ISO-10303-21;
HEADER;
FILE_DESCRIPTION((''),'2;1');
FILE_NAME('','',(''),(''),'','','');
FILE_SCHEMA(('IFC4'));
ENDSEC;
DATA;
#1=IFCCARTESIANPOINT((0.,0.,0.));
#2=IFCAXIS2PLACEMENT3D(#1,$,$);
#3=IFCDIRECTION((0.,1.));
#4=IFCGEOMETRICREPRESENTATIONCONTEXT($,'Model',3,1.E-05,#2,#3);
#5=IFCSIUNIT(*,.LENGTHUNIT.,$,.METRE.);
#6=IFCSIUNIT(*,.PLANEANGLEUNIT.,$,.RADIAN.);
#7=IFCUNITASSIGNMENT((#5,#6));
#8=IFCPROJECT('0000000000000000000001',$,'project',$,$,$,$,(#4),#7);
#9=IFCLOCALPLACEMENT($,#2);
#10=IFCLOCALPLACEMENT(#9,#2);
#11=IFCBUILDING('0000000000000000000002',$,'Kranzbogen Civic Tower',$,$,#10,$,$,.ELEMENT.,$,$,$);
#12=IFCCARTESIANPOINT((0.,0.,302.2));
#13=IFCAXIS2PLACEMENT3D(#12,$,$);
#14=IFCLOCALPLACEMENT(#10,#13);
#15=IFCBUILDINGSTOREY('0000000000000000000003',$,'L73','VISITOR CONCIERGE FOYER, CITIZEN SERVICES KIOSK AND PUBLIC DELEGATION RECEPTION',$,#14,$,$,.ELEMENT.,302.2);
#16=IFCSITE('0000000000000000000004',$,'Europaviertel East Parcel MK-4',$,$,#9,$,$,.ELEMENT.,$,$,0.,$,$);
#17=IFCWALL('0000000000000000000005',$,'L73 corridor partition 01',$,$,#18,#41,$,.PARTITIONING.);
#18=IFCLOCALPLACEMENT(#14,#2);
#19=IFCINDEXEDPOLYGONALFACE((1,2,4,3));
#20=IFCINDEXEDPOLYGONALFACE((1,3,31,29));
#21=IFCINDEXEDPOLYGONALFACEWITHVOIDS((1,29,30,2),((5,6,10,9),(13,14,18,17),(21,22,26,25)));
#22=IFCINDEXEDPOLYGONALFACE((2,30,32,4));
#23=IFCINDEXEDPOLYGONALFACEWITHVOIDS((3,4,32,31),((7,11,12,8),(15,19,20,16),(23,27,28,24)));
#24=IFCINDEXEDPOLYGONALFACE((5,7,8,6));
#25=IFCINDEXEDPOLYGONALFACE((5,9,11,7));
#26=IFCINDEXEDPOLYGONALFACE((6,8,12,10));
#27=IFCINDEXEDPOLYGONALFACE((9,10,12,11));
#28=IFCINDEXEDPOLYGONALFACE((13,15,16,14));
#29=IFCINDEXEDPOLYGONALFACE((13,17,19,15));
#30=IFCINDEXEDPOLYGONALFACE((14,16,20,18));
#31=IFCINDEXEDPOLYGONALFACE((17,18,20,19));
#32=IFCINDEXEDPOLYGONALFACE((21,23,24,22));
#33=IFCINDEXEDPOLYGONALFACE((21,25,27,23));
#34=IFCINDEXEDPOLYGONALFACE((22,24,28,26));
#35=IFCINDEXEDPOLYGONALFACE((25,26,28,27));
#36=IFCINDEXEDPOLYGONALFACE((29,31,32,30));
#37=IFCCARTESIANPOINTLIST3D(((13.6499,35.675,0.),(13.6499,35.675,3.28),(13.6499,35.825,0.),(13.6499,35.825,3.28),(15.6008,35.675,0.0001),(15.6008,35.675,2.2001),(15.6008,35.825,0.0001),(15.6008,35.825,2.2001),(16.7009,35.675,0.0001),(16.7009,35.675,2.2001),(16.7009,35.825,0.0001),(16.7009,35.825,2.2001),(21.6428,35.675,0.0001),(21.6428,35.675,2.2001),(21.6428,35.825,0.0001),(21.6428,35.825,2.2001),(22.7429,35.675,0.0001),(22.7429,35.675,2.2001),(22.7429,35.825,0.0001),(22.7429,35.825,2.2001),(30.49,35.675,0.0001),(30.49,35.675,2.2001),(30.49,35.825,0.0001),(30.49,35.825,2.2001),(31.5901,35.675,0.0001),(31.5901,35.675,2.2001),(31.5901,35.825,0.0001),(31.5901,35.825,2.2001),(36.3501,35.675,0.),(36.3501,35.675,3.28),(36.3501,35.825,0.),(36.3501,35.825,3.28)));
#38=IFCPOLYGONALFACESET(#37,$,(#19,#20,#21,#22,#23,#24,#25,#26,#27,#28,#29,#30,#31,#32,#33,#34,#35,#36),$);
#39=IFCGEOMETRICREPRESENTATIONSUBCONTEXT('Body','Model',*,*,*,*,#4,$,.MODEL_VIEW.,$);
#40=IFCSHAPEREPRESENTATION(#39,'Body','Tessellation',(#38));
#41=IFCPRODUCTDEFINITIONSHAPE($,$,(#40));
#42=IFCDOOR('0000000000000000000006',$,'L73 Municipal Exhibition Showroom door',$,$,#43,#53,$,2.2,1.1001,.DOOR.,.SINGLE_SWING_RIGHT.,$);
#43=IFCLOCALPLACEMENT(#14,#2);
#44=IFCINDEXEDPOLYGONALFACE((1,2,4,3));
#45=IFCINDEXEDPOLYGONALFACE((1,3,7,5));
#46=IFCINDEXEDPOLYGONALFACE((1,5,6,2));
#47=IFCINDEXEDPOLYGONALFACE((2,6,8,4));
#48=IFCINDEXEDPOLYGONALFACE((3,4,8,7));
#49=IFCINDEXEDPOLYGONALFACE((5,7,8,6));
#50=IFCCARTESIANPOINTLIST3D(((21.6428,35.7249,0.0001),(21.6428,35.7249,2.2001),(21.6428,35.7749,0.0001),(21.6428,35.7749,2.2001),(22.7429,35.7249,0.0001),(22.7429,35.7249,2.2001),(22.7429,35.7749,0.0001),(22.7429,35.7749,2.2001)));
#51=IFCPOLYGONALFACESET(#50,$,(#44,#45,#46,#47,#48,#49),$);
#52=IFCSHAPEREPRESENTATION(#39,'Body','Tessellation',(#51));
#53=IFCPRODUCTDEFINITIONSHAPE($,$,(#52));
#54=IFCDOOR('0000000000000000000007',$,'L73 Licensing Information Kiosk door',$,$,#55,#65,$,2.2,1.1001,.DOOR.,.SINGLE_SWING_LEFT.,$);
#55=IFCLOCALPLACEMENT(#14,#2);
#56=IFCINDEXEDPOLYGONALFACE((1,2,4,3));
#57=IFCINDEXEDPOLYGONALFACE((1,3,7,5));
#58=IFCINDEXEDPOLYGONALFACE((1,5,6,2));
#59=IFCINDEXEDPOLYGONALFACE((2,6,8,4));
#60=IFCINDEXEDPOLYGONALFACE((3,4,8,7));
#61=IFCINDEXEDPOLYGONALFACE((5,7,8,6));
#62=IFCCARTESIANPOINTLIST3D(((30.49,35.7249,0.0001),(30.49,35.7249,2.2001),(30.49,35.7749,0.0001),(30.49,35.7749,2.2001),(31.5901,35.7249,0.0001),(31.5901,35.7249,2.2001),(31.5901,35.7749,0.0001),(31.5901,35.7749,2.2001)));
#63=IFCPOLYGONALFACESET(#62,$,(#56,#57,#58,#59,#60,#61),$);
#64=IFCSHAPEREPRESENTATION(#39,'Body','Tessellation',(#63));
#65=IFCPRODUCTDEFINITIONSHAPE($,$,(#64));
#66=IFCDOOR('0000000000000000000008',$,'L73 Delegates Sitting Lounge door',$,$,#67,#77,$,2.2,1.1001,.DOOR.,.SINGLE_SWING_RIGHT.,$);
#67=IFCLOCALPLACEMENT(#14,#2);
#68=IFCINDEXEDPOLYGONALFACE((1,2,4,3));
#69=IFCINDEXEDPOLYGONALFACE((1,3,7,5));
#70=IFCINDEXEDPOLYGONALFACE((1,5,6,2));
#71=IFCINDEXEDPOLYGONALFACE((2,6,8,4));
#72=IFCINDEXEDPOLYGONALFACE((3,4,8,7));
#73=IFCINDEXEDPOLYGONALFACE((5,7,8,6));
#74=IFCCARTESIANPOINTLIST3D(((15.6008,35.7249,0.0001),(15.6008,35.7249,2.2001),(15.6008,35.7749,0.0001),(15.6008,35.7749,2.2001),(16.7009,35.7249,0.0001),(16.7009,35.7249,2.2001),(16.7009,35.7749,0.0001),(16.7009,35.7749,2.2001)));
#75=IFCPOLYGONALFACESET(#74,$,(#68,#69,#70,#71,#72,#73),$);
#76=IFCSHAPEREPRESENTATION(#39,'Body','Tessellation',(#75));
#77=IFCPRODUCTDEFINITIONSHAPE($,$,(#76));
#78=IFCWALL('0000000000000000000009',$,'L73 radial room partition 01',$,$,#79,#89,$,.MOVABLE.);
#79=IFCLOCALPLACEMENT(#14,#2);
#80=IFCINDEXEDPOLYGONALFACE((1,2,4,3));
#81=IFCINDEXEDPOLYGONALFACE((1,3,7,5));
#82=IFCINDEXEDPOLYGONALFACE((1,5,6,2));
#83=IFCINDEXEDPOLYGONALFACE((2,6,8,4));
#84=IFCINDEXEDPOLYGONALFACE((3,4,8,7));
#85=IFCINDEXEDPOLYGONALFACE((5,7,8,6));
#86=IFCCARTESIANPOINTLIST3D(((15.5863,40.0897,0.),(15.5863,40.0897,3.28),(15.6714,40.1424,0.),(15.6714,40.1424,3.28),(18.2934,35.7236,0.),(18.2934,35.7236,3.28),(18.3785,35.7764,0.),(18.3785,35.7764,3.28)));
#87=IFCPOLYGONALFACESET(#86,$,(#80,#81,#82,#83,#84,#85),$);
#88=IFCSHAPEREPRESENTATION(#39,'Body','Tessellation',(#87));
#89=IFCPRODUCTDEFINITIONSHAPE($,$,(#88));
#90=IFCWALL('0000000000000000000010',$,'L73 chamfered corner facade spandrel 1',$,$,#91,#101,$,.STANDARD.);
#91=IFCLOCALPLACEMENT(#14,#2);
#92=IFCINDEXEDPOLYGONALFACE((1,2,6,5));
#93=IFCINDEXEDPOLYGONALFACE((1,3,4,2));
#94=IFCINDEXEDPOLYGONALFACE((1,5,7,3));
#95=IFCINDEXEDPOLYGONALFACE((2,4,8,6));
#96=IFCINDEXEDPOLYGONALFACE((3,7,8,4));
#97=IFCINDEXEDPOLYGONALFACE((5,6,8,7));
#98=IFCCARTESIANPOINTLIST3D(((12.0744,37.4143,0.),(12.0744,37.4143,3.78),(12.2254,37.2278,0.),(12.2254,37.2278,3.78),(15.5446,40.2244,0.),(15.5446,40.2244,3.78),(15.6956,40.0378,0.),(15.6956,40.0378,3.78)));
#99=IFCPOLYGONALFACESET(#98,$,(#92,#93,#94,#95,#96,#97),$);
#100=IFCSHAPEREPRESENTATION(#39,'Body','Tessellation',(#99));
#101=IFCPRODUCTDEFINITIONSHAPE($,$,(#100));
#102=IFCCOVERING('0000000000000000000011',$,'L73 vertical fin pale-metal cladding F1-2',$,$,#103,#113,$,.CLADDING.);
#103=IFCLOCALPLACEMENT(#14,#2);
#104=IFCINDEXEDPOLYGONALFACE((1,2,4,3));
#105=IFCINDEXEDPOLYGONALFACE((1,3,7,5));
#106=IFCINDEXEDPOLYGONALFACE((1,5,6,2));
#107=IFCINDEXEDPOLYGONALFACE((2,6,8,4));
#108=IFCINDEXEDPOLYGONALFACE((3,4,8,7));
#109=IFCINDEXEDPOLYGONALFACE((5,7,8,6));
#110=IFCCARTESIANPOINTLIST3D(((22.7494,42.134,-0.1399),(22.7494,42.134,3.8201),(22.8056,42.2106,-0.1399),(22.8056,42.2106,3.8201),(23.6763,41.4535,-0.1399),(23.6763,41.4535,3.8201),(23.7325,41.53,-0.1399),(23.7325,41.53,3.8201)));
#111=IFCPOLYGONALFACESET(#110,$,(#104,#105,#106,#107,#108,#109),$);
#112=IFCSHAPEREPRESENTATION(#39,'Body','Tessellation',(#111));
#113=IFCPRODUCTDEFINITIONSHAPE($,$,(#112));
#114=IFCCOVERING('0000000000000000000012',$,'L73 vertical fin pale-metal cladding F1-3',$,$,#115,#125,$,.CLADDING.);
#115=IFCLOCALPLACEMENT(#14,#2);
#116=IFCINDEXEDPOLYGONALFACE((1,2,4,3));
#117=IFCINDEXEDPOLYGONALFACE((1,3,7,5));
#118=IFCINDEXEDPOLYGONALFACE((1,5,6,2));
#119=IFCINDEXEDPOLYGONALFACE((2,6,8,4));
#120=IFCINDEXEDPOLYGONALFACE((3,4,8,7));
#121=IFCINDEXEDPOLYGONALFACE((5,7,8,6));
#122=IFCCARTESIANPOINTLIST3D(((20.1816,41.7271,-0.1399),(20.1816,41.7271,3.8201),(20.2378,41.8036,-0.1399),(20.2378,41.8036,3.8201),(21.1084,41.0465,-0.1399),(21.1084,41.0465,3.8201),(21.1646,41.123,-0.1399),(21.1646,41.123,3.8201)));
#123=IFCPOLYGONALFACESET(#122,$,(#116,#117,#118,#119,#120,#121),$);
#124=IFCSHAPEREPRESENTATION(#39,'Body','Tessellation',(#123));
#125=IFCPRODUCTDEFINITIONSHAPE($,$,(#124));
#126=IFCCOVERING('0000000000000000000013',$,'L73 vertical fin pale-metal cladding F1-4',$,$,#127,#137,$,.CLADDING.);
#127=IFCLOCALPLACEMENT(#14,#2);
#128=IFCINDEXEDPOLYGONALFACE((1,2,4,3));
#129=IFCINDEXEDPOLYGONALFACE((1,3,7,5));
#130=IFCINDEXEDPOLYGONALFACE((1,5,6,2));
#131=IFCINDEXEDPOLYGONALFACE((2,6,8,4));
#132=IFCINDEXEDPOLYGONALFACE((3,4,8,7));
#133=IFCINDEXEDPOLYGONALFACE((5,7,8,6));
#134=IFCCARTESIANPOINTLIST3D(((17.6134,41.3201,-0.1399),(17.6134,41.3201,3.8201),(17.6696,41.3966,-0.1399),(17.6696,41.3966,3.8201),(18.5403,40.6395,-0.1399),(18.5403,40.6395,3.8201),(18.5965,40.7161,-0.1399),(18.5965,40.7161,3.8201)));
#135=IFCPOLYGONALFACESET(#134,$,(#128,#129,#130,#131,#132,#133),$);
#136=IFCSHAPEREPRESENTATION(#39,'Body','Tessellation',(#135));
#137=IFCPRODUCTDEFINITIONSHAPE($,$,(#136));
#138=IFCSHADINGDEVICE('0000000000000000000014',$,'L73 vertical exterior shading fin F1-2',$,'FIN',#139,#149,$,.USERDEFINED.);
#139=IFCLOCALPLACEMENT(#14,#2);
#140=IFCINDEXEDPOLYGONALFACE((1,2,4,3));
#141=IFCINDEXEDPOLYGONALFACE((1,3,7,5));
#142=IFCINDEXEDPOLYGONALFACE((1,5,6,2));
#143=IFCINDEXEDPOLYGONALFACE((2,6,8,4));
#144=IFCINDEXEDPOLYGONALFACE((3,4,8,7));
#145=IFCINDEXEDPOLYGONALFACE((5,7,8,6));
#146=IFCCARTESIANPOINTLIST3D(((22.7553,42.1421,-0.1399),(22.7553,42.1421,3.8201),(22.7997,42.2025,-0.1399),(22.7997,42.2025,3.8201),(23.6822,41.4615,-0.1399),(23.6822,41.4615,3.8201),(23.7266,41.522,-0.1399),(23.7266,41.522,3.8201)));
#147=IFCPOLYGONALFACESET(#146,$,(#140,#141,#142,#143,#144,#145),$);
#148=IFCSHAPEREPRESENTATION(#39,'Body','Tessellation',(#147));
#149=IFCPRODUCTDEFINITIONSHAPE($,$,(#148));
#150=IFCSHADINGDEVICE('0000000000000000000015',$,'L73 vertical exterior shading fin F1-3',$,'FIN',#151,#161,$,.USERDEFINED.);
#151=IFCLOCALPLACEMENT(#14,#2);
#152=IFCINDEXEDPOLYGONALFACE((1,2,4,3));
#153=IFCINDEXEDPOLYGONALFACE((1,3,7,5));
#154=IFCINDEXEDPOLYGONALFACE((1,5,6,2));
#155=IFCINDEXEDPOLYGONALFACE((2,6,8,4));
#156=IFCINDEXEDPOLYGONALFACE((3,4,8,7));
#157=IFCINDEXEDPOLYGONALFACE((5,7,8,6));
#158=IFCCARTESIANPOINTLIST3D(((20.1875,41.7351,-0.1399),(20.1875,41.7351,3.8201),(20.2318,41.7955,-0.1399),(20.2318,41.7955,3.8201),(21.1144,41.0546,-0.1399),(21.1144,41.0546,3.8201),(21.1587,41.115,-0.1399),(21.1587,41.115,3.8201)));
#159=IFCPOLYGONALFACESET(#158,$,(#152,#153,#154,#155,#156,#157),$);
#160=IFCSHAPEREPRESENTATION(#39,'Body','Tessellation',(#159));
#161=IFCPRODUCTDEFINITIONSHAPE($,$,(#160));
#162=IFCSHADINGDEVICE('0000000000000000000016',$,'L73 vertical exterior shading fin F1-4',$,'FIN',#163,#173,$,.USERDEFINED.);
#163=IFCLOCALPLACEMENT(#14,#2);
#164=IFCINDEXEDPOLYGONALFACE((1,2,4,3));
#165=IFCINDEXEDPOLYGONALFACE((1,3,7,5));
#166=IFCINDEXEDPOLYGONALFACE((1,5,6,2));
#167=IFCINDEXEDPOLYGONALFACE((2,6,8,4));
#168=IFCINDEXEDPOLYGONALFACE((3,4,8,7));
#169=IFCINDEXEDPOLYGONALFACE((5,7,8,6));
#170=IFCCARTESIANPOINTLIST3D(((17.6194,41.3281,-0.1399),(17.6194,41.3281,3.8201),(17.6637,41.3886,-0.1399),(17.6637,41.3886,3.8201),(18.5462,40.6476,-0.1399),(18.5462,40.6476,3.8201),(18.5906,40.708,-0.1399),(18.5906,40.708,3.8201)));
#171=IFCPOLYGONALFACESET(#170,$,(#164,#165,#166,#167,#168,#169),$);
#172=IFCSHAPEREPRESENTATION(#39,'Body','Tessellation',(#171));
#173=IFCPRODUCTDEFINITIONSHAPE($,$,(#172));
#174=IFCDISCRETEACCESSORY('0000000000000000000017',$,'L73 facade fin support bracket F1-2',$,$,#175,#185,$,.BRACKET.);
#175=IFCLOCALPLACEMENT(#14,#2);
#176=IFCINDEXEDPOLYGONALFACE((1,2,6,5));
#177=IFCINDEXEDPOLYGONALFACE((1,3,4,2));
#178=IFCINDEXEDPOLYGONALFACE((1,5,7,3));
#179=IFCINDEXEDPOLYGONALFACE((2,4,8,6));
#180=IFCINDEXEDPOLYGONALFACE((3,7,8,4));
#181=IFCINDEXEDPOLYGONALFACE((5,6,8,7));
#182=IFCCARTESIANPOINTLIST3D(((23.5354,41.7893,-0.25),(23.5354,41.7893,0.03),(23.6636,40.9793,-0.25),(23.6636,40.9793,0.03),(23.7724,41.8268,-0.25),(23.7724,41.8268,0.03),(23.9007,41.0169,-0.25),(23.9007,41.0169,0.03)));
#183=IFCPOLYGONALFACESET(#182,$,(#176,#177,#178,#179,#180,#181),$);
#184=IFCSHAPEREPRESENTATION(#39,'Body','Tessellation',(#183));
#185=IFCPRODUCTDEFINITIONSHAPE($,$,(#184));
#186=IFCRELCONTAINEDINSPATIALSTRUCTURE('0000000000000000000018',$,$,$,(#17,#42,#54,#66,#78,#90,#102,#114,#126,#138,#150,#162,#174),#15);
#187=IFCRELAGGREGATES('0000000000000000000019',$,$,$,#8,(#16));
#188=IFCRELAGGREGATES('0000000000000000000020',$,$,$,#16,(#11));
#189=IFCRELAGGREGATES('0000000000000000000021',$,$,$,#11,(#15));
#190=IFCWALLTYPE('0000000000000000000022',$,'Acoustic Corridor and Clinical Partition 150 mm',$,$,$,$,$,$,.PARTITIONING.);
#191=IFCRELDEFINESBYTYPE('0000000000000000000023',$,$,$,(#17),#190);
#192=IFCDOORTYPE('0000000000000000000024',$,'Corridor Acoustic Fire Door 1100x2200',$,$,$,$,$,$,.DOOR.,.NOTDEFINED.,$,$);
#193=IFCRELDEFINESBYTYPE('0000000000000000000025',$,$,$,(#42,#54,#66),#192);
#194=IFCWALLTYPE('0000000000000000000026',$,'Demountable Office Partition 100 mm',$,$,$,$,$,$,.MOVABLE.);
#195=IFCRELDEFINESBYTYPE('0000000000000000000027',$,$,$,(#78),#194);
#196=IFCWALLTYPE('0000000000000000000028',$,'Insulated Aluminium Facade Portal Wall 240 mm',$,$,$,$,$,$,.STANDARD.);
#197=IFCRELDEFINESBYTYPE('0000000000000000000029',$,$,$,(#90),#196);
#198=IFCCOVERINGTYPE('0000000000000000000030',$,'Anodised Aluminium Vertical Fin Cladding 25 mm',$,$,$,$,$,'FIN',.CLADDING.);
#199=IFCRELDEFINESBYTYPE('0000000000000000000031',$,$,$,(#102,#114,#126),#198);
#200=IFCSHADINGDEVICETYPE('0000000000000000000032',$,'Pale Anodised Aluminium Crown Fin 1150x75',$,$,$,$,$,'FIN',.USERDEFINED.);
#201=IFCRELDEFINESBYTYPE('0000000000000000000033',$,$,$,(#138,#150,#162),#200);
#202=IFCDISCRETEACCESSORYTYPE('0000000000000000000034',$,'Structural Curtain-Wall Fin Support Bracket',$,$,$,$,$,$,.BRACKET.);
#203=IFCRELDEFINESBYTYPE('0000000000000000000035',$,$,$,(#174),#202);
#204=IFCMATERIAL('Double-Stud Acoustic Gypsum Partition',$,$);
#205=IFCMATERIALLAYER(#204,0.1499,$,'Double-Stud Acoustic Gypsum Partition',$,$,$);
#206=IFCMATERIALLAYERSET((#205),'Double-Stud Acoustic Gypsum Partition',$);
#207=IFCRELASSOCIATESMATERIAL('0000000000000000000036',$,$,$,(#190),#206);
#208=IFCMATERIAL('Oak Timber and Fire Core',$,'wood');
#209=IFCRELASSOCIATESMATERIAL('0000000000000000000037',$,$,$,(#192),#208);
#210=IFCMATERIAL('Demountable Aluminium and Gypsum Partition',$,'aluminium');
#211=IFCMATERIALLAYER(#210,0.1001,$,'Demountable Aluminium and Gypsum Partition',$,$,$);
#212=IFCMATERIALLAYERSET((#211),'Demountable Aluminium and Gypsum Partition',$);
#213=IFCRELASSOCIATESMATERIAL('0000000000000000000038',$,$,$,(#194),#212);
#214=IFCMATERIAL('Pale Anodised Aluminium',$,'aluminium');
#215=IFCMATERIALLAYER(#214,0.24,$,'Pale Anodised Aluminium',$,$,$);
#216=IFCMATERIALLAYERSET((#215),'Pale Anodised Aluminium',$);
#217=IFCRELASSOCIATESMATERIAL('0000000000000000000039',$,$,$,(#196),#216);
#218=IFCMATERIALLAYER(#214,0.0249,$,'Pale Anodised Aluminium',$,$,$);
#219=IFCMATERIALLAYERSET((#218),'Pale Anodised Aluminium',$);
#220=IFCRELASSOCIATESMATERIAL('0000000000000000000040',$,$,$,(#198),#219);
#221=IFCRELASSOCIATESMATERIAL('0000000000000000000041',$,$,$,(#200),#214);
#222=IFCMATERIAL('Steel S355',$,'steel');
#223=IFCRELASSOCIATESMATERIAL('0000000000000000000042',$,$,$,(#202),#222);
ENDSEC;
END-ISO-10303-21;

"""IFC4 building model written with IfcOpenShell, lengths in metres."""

from ifc_helpers import new_model, si_unit, direction, frame, frame_2d, origin, origin_2d, place, context, subcontext, project, spatial, rectangle, extrude, material, layer, layer_set, type_object, element, fill, save


model = new_model("IFC4")

# Units and contexts
model_context = context("Model", 3, precision=1e-05, world=origin(), true_north=direction((0.0, 1.0)))
body_context = subcontext(model_context, "Body", "Model", "MODEL_VIEW")
ifc_project = project(units=[si_unit("LENGTHUNIT", "METRE"), si_unit("PLANEANGLEUNIT", "RADIAN")], contexts=[model_context])

# Site, building, storey
site_placement = place(None, origin())
site = spatial("IfcSite", under=ifc_project, at=site_placement, Name="Europaviertel East Parcel MK-4", CompositionType="ELEMENT", RefElevation=0.0)
building_placement = place(site_placement, origin())
building = spatial("IfcBuilding", under=site, at=building_placement, Name="Kranzbogen Civic Tower", CompositionType="ELEMENT")
storey_placement = place(building_placement, frame((0.0, 0.0, 302.2)))
storey = spatial("IfcBuildingStorey", under=building, at=storey_placement, Name="L73", Description="VISITOR CONCIERGE FOYER, CITIZEN SERVICES KIOSK AND PUBLIC DELEGATION RECEPTION", CompositionType="ELEMENT", Elevation=302.2)

# Shared definitions
ifc_material_1 = material(Name="Steel S355", Category="steel")

# Shared definitions
ifc_material_2 = material(Name="Pale Anodised Aluminium", Category="aluminium")

# Wall, openings, doors
ifc_material_3 = material(Name="Double-Stud Acoustic Gypsum Partition")
ifc_layer_1 = layer(ifc_material_3, 0.1499, Name="Double-Stud Acoustic Gypsum Partition")
ifc_layer_set_1 = layer_set([ifc_layer_1], Name="Double-Stud Acoustic Gypsum Partition")
wall_type_1 = type_object("IfcWallType", Name="Acoustic Corridor and Clinical Partition 150 mm", PredefinedType="PARTITIONING", material=ifc_layer_set_1)
wall_1_placement = place(storey_placement, frame((13.6499, 35.75, 0.0), z_axis=(0.0, 0.0, 1.0), x_axis=(1.0, 0.0, 0.0)))
wall_1 = element("IfcWall", 1, at=wall_1_placement, inside=storey, type_object=wall_type_1, Name="L73 corridor partition 01", PredefinedType="PARTITIONING", context=body_context, shape_type="SweptSolid", body=[
    extrude(rectangle(XDim=22.7002, YDim=0.1499, at=frame_2d((11.3501, 0.0))), origin(), (0.0, 0.0, 1.0), 3.28),
])
opening_1_placement = place(wall_1_placement, frame((7.9929, 0.0, 0.0)))
opening_1 = element("IfcOpeningElement", 2, at=opening_1_placement, cuts=wall_1, PredefinedType="OPENING", context=body_context, shape_type="SweptSolid", body=[
    extrude(rectangle(XDim=1.1001, YDim=2.2, at=frame_2d((0.55, 1.1001))), frame((0.0, 0.085, 0.0), z_axis=(0.0, -1.0, 0.0), x_axis=(1.0, 0.0, 0.0)), (0.0, 0.0, 1.0), 0.1699),
])
opening_2_placement = place(wall_1_placement, frame((16.8401, 0.0, 0.0)))
opening_2 = element("IfcOpeningElement", 3, at=opening_2_placement, cuts=wall_1, PredefinedType="OPENING", context=body_context, shape_type="SweptSolid", body=[
    extrude(rectangle(XDim=1.1001, YDim=2.2, at=frame_2d((0.55, 1.1001))), frame((0.0, 0.085, 0.0), z_axis=(0.0, -1.0, 0.0), x_axis=(1.0, 0.0, 0.0)), (0.0, 0.0, 1.0), 0.1699),
])
opening_3_placement = place(wall_1_placement, frame((1.9509, 0.0, 0.0)))
opening_3 = element("IfcOpeningElement", 4, at=opening_3_placement, cuts=wall_1, PredefinedType="OPENING", context=body_context, shape_type="SweptSolid", body=[
    extrude(rectangle(XDim=1.1001, YDim=2.2, at=frame_2d((0.55, 1.1001))), frame((0.0, 0.085, 0.0), z_axis=(0.0, -1.0, 0.0), x_axis=(1.0, 0.0, 0.0)), (0.0, 0.0, 1.0), 0.1699),
])
ifc_material_4 = material(Name="Oak Timber and Fire Core", Category="wood")
door_type = type_object("IfcDoorType", Name="Corridor Acoustic Fire Door 1100x2200", OperationType="NOTDEFINED", PredefinedType="DOOR", material=ifc_material_4)
door_1_placement = place(opening_1_placement, origin())
door_1 = element("IfcDoor", 5, at=door_1_placement, inside=storey, type_object=door_type, Name="L73 Municipal Exhibition Showroom door", OperationType="SINGLE_SWING_RIGHT", OverallHeight=2.2, OverallWidth=1.1001, PredefinedType="DOOR", context=body_context, shape_type="SweptSolid", body=[
    extrude(rectangle(XDim=1.1001, YDim=2.2, at=frame_2d((0.55, 1.1001))), frame((0.0, 0.0249, 0.0), z_axis=(0.0, -1.0, 0.0), x_axis=(1.0, 0.0, 0.0)), (0.0, 0.0, 1.0), 0.05),
])
fill(opening_1, door_1)
door_2_placement = place(opening_2_placement, origin())
door_2 = element("IfcDoor", 6, at=door_2_placement, inside=storey, type_object=door_type, Name="L73 Licensing Information Kiosk door", OperationType="SINGLE_SWING_LEFT", OverallHeight=2.2, OverallWidth=1.1001, PredefinedType="DOOR", context=body_context, shape_type="SweptSolid", body=[
    extrude(rectangle(XDim=1.1001, YDim=2.2, at=frame_2d((0.55, 1.1001))), frame((0.0, 0.0249, 0.0), z_axis=(0.0, -1.0, 0.0), x_axis=(1.0, 0.0, 0.0)), (0.0, 0.0, 1.0), 0.05),
])
fill(opening_2, door_2)
door_3_placement = place(opening_3_placement, origin())
door_3 = element("IfcDoor", 7, at=door_3_placement, inside=storey, type_object=door_type, Name="L73 Delegates Sitting Lounge door", OperationType="SINGLE_SWING_RIGHT", OverallHeight=2.2, OverallWidth=1.1001, PredefinedType="DOOR", context=body_context, shape_type="SweptSolid", body=[
    extrude(rectangle(XDim=1.1001, YDim=2.2, at=frame_2d((0.55, 1.1001))), frame((0.0, 0.0249, 0.0), z_axis=(0.0, -1.0, 0.0), x_axis=(1.0, 0.0, 0.0)), (0.0, 0.0, 1.0), 0.05),
])
fill(opening_3, door_3)

# Walls
ifc_material_5 = material(Name="Demountable Aluminium and Gypsum Partition", Category="aluminium")
ifc_layer_2 = layer(ifc_material_5, 0.1001, Name="Demountable Aluminium and Gypsum Partition")
ifc_layer_set_2 = layer_set([ifc_layer_2], Name="Demountable Aluminium and Gypsum Partition")
wall_type_2 = type_object("IfcWallType", Name="Demountable Office Partition 100 mm", PredefinedType="MOVABLE", material=ifc_layer_set_2)
wall_2_placement = place(storey_placement, frame((18.3359, 35.75, 0.0), z_axis=(0.0, 0.0, 1.0), x_axis=(-0.526958, 0.849891, 0.0)))
element("IfcWall", 8, at=wall_2_placement, inside=storey, type_object=wall_type_2, Name="L73 radial room partition 01", PredefinedType="MOVABLE", context=body_context, shape_type="SweptSolid", body=[
    extrude(rectangle(XDim=5.1372, YDim=0.1001, at=frame_2d((2.5686, 0.0))), origin(), (0.0, 0.0, 1.0), 3.28),
])
ifc_layer_3 = layer(ifc_material_2, 0.24, Name="Pale Anodised Aluminium")
ifc_layer_set_3 = layer_set([ifc_layer_3], Name="Pale Anodised Aluminium")
wall_type_3 = type_object("IfcWallType", Name="Insulated Aluminium Facade Portal Wall 240 mm", PredefinedType="STANDARD", material=ifc_layer_set_3)
wall_3_placement = place(storey_placement, frame((15.6201, 40.1311, 0.0), z_axis=(0.0, 0.0, 1.0), x_axis=(-0.777153, -0.629311, 0.0)))
element("IfcWall", 9, at=wall_3_placement, inside=storey, type_object=wall_type_3, Name="L73 chamfered corner facade spandrel 1", PredefinedType="STANDARD", context=body_context, shape_type="SweptSolid", body=[
    extrude(rectangle(XDim=4.4653, YDim=0.24, at=frame_2d((2.2327, 0.0))), origin(), (0.0, 0.0, 1.0), 3.78),
])

# Coverings
ifc_layer_4 = layer(ifc_material_2, 0.0249, Name="Pale Anodised Aluminium")
ifc_layer_set_4 = layer_set([ifc_layer_4], Name="Pale Anodised Aluminium")
covering_type = type_object("IfcCoveringType", Name="Anodised Aluminium Vertical Fin Cladding 25 mm", ElementType="FIN", PredefinedType="CLADDING", material=ifc_layer_set_4)
for number, where, z_axis, x_axis, name in (
    (10, (23.241, 41.832, -0.1399), (0.0, 0.0, 1.0), (-0.806052, 0.591844, 0.0), "L73 vertical fin pale-metal cladding F1-2"),
    (11, (20.6731, 41.425, -0.1399), (0.0, 0.0, 1.0), (-0.806052, 0.591844, 0.0), "L73 vertical fin pale-metal cladding F1-3"),
    (12, (18.105, 41.0181, -0.1399), (0.0, 0.0, 1.0), (-0.806052, 0.591844, 0.0), "L73 vertical fin pale-metal cladding F1-4"),
):
    element("IfcCovering", number, at=place(storey_placement, frame(where, z_axis=z_axis, x_axis=x_axis)), inside=storey, type_object=covering_type, Name=name, PredefinedType="CLADDING", context=body_context, shape_type="SweptSolid", body=[
        extrude(rectangle(XDim=1.1499, YDim=0.095, at=origin_2d()), origin(), (0.0, 0.0, 1.0), 3.96),
    ])

# Shading devices
shading_device_type = type_object("IfcShadingDeviceType", Name="Pale Anodised Aluminium Crown Fin 1150x75", ElementType="FIN", PredefinedType="USERDEFINED", material=ifc_material_2)
for number, where, z_axis, x_axis, name in (
    (13, (23.241, 41.832, -0.1399), (0.0, 0.0, 1.0), (-0.806052, 0.591844, 0.0), "L73 vertical exterior shading fin F1-2"),
    (14, (20.6731, 41.425, -0.1399), (0.0, 0.0, 1.0), (-0.806052, 0.591844, 0.0), "L73 vertical exterior shading fin F1-3"),
    (15, (18.105, 41.0181, -0.1399), (0.0, 0.0, 1.0), (-0.806052, 0.591844, 0.0), "L73 vertical exterior shading fin F1-4"),
):
    element("IfcShadingDevice", number, at=place(storey_placement, frame(where, z_axis=z_axis, x_axis=x_axis)), inside=storey, type_object=shading_device_type, Name=name, ObjectType="FIN", PredefinedType="USERDEFINED", context=body_context, shape_type="SweptSolid", body=[
        extrude(rectangle(XDim=1.1499, YDim=0.075, at=origin_2d()), origin(), (0.0, 0.0, 1.0), 3.96),
    ])

# Discrete accessory
discrete_accessory_type = type_object("IfcDiscreteAccessoryType", Name="Structural Curtain-Wall Fin Support Bracket", PredefinedType="BRACKET", material=ifc_material_1)
for number, where, z_axis, x_axis, name in (
    (16, (23.718, 41.4031, -0.25), (0.0, 0.0, 1.0), (-0.156434, 0.987688, 0.0), "L73 facade fin support bracket F1-2"),
):
    element("IfcDiscreteAccessory", number, at=place(storey_placement, frame(where, z_axis=z_axis, x_axis=x_axis)), inside=storey, type_object=discrete_accessory_type, Name=name, PredefinedType="BRACKET", context=body_context, shape_type="SweptSolid", body=[
        extrude(rectangle(XDim=0.8201, YDim=0.24, at=origin_2d()), origin(), (0.0, 0.0, 1.0), 0.28),
    ])

save(model, "model.ifc")
